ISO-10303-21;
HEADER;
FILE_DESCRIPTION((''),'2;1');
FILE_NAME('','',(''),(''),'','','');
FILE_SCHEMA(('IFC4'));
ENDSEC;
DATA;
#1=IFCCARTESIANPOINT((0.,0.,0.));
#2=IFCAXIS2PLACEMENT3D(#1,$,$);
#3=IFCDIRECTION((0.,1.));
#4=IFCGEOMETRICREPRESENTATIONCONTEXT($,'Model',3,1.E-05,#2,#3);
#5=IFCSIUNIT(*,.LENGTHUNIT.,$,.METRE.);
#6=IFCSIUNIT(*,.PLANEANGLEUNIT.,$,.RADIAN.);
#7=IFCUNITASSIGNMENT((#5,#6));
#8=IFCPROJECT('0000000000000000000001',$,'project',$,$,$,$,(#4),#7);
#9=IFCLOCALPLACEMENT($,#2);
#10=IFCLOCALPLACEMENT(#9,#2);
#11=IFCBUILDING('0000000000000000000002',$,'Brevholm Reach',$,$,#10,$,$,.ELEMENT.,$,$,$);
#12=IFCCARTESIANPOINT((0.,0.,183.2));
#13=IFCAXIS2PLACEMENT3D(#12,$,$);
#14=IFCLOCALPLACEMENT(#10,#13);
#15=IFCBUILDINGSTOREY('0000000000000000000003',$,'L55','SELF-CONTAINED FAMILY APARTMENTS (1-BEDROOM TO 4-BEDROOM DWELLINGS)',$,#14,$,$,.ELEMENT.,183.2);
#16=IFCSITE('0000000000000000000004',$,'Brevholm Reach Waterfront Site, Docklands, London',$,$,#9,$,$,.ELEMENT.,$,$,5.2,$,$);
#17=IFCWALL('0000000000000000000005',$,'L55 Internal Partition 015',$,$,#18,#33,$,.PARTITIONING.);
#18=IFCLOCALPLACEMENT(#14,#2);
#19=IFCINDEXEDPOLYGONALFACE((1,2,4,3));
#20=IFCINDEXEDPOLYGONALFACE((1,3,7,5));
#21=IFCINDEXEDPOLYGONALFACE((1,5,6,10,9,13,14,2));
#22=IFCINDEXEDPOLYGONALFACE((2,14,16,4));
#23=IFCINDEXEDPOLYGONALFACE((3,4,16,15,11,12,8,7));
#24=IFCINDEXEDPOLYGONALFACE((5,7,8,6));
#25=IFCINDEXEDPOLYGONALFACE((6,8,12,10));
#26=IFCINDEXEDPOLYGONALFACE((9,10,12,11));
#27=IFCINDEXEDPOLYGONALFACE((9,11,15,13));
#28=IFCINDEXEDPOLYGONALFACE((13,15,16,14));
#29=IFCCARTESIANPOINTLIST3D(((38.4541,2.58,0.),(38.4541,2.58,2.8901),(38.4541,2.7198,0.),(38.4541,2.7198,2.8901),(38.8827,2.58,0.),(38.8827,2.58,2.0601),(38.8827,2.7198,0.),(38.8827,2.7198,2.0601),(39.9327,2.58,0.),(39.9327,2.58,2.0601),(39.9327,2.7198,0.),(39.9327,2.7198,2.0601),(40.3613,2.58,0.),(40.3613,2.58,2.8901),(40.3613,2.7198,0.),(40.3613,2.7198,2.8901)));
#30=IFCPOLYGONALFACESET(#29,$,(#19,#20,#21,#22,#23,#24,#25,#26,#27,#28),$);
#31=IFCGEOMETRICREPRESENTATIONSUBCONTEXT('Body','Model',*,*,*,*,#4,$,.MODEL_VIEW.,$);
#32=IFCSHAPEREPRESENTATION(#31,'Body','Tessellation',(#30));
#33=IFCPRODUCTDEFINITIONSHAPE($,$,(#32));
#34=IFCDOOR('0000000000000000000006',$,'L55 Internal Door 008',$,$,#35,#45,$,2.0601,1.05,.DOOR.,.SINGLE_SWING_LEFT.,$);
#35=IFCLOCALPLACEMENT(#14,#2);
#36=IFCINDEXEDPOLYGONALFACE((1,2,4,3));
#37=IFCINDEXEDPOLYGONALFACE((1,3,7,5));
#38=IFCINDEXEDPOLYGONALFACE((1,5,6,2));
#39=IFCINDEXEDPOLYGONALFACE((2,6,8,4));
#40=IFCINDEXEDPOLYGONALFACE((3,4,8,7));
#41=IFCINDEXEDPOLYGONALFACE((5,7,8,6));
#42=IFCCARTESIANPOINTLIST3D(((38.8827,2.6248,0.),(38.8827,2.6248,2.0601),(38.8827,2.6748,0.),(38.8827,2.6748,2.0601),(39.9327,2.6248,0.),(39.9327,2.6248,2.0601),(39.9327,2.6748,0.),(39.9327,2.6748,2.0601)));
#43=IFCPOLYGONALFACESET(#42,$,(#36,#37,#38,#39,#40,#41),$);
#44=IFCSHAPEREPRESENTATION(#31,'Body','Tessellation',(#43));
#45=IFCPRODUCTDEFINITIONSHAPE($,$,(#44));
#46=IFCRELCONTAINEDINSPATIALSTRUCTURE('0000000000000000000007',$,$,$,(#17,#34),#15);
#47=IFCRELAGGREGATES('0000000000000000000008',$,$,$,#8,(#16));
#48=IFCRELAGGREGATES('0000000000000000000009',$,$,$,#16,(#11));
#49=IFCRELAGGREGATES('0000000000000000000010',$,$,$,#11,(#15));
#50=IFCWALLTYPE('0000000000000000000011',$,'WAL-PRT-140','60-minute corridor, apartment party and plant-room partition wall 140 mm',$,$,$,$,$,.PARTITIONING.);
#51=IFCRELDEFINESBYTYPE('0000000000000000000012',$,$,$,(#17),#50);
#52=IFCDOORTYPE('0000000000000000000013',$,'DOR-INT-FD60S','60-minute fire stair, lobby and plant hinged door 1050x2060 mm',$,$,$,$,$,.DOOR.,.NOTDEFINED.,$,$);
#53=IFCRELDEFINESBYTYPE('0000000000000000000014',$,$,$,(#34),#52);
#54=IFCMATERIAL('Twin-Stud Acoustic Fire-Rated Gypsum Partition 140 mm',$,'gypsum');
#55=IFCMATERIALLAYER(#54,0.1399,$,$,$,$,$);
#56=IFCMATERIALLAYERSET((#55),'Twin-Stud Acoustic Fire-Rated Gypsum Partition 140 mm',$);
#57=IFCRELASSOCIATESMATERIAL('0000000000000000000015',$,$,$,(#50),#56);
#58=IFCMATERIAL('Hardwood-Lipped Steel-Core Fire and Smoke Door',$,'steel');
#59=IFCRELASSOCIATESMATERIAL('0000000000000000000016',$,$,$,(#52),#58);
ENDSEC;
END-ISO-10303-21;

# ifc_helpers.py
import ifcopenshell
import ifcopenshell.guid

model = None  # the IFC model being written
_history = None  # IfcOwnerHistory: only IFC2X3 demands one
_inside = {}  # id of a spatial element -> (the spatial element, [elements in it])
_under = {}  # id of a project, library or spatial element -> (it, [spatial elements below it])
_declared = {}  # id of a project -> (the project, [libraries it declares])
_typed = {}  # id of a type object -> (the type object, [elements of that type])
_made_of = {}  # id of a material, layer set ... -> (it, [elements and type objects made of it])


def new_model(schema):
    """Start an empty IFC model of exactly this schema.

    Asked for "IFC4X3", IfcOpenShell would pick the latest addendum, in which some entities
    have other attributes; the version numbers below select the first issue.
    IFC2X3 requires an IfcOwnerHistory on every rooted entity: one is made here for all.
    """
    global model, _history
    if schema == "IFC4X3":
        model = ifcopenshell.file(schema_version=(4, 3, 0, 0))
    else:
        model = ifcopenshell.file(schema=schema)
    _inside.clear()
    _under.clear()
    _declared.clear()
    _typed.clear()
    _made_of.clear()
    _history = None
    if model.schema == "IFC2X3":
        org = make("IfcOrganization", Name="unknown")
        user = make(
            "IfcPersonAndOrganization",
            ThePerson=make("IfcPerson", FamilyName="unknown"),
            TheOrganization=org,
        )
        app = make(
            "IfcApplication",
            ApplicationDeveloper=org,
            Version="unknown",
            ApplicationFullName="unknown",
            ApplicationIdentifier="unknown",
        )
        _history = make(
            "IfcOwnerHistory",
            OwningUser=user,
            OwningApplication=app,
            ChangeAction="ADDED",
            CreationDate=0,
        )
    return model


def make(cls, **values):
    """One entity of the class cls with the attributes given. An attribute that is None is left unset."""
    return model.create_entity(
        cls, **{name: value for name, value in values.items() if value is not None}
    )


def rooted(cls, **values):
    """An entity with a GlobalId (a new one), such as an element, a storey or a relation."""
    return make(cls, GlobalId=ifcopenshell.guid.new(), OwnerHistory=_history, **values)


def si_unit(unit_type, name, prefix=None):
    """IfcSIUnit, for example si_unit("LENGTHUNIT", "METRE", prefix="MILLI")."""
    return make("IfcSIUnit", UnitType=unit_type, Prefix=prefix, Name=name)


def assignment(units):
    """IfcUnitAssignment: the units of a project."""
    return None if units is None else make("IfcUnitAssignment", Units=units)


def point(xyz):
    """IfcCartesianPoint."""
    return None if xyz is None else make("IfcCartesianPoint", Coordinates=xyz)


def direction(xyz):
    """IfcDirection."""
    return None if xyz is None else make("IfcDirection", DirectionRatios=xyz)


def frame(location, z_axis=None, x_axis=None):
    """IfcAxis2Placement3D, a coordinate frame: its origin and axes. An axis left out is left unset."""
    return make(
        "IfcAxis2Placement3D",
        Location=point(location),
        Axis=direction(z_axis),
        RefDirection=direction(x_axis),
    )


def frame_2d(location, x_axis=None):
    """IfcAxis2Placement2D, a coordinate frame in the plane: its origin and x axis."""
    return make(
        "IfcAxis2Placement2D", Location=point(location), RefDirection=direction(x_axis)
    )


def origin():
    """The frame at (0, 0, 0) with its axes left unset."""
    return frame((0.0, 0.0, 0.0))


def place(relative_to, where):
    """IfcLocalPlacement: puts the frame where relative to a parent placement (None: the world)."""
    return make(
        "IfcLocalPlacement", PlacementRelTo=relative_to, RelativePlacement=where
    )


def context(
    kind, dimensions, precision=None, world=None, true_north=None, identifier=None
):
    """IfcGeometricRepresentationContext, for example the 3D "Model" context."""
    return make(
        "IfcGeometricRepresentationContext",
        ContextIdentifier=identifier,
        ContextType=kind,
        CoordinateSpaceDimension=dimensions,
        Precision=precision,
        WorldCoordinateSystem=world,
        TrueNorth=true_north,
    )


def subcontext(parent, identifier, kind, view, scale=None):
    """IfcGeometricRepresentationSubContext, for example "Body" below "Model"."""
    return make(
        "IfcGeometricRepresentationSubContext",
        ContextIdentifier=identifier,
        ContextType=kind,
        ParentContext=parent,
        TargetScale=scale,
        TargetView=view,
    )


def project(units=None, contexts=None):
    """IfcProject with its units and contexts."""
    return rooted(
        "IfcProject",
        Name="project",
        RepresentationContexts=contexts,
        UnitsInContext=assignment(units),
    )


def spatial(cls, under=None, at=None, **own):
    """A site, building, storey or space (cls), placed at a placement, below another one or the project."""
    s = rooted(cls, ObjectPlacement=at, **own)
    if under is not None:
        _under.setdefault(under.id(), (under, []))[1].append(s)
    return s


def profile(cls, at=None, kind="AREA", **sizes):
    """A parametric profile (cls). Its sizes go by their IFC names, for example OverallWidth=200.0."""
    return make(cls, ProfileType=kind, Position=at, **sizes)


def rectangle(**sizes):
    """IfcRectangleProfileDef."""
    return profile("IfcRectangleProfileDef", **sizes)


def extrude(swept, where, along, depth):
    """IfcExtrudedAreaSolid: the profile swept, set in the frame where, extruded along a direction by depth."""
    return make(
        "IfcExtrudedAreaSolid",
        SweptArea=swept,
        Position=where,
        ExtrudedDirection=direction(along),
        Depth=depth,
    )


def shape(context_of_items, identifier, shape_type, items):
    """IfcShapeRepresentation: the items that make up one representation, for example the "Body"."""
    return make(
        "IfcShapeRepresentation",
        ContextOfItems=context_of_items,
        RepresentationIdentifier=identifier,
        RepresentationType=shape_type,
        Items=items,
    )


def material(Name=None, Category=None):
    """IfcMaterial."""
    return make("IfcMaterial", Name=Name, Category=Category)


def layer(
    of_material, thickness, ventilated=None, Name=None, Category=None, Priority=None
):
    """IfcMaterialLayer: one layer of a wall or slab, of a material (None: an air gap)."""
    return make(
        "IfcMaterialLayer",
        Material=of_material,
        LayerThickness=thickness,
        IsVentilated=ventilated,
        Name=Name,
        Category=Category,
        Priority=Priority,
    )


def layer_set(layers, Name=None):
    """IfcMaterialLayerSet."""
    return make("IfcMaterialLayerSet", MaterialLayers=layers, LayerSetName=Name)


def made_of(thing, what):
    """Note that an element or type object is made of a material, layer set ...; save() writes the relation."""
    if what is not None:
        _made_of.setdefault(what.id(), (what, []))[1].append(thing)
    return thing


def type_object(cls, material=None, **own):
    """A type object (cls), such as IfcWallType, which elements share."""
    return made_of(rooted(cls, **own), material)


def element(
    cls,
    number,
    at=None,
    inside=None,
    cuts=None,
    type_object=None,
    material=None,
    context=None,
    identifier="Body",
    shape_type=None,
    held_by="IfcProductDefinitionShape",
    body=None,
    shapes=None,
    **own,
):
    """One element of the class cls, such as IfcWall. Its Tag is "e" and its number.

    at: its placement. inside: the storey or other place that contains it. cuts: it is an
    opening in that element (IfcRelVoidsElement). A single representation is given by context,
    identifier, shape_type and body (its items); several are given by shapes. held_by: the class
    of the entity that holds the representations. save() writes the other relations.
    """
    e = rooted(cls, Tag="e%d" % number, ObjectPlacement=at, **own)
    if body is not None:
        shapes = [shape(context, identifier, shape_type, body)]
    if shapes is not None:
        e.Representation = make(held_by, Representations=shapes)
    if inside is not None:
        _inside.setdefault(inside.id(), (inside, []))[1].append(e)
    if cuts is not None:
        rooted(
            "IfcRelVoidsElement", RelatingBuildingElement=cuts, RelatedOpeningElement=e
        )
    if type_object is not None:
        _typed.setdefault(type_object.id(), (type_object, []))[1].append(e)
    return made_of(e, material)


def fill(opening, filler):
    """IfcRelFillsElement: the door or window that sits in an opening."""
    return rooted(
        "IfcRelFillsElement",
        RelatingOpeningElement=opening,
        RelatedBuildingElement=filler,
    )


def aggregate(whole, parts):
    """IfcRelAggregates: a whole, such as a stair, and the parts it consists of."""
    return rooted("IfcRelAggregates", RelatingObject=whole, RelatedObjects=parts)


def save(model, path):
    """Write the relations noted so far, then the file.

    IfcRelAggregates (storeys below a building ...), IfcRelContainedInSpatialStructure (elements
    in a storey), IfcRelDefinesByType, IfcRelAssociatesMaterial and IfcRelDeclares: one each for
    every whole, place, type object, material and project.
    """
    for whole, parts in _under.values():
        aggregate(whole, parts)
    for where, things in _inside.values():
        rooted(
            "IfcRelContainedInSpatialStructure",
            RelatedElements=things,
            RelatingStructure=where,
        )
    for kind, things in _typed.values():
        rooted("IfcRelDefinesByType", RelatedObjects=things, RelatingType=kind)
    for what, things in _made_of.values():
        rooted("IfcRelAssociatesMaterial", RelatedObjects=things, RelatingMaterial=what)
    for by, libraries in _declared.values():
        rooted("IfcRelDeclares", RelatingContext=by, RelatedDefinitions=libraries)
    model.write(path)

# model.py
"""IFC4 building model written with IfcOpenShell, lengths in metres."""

from ifc_helpers import new_model, si_unit, direction, frame, frame_2d, origin, place, context, subcontext, project, spatial, rectangle, extrude, material, layer, layer_set, type_object, element, fill, save


model = new_model("IFC4")

# Units and contexts
model_context = context("Model", 3, precision=1e-05, world=origin(), true_north=direction((0.0, 1.0)))
body_context = subcontext(model_context, "Body", "Model", "MODEL_VIEW")
ifc_project = project(units=[si_unit("LENGTHUNIT", "METRE"), si_unit("PLANEANGLEUNIT", "RADIAN")], contexts=[model_context])

# Site, building, storey
site_placement = place(None, origin())
site = spatial("IfcSite", under=ifc_project, at=site_placement, Name="Brevholm Reach Waterfront Site, Docklands, London", CompositionType="ELEMENT", RefElevation=5.2)
building_placement = place(site_placement, origin())
building = spatial("IfcBuilding", under=site, at=building_placement, Name="Brevholm Reach", CompositionType="ELEMENT")
storey_placement = place(building_placement, frame((0.0, 0.0, 183.2)))
storey = spatial("IfcBuildingStorey", under=building, at=storey_placement, Name="L55", Description="SELF-CONTAINED FAMILY APARTMENTS (1-BEDROOM TO 4-BEDROOM DWELLINGS)", CompositionType="ELEMENT", Elevation=183.2)

# Shared definitions
ifc_material_1 = material(Name="Twin-Stud Acoustic Fire-Rated Gypsum Partition 140 mm", Category="gypsum")
ifc_layer = layer(ifc_material_1, 0.1399)
ifc_layer_set = layer_set([ifc_layer], Name="Twin-Stud Acoustic Fire-Rated Gypsum Partition 140 mm")
wall_type = type_object("IfcWallType", Name="WAL-PRT-140", Description="60-minute corridor, apartment party and plant-room partition wall 140 mm", PredefinedType="PARTITIONING", material=ifc_layer_set)
ifc_material_2 = material(Name="Hardwood-Lipped Steel-Core Fire and Smoke Door", Category="steel")
door_type_1 = type_object("IfcDoorType", Name="DOR-INT-FD60S", Description="60-minute fire stair, lobby and plant hinged door 1050x2060 mm", OperationType="NOTDEFINED", PredefinedType="DOOR", material=ifc_material_2)

# Wall, opening, door
wall_1_placement = place(storey_placement, frame((38.4541, 2.6499, 0.0), z_axis=(0.0, 0.0, 1.0), x_axis=(1.0, 0.0, 0.0)))
wall_1 = element("IfcWall", 1, at=wall_1_placement, inside=storey, type_object=wall_type, Name="L55 Internal Partition 015", PredefinedType="PARTITIONING", context=body_context, shape_type="SweptSolid", body=[
    extrude(rectangle(XDim=1.9072, YDim=0.1399, at=frame_2d((0.9536, 0.0))), origin(), (0.0, 0.0, 1.0), 2.8901),
])
opening_1_placement = place(wall_1_placement, frame((0.4287, 0.0, 0.0)))
opening_1 = element("IfcOpeningElement", 2, at=opening_1_placement, cuts=wall_1, PredefinedType="OPENING", context=body_context, shape_type="SweptSolid", body=[
    extrude(rectangle(XDim=1.05, YDim=2.0601, at=frame_2d((0.5249, 1.03))), frame((0.0, 0.0798, 0.0), z_axis=(0.0, -1.0, 0.0), x_axis=(1.0, 0.0, 0.0)), (0.0, 0.0, 1.0), 0.1599),
])
door_1_placement = place(opening_1_placement, origin())
door_1 = element("IfcDoor", 3, at=door_1_placement, inside=storey, type_object=door_type_1, Name="L55 Internal Door 008", OperationType="SINGLE_SWING_LEFT", OverallHeight=2.0601, OverallWidth=1.05, PredefinedType="DOOR", context=body_context, shape_type="SweptSolid", body=[
    extrude(rectangle(XDim=1.05, YDim=2.0601, at=frame_2d((0.5249, 1.03))), frame((0.0, 0.0249, 0.0), z_axis=(0.0, -1.0, 0.0), x_axis=(1.0, 0.0, 0.0)), (0.0, 0.0, 1.0), 0.05),
])
fill(opening_1, door_1)

save(model, "model.ifc")
